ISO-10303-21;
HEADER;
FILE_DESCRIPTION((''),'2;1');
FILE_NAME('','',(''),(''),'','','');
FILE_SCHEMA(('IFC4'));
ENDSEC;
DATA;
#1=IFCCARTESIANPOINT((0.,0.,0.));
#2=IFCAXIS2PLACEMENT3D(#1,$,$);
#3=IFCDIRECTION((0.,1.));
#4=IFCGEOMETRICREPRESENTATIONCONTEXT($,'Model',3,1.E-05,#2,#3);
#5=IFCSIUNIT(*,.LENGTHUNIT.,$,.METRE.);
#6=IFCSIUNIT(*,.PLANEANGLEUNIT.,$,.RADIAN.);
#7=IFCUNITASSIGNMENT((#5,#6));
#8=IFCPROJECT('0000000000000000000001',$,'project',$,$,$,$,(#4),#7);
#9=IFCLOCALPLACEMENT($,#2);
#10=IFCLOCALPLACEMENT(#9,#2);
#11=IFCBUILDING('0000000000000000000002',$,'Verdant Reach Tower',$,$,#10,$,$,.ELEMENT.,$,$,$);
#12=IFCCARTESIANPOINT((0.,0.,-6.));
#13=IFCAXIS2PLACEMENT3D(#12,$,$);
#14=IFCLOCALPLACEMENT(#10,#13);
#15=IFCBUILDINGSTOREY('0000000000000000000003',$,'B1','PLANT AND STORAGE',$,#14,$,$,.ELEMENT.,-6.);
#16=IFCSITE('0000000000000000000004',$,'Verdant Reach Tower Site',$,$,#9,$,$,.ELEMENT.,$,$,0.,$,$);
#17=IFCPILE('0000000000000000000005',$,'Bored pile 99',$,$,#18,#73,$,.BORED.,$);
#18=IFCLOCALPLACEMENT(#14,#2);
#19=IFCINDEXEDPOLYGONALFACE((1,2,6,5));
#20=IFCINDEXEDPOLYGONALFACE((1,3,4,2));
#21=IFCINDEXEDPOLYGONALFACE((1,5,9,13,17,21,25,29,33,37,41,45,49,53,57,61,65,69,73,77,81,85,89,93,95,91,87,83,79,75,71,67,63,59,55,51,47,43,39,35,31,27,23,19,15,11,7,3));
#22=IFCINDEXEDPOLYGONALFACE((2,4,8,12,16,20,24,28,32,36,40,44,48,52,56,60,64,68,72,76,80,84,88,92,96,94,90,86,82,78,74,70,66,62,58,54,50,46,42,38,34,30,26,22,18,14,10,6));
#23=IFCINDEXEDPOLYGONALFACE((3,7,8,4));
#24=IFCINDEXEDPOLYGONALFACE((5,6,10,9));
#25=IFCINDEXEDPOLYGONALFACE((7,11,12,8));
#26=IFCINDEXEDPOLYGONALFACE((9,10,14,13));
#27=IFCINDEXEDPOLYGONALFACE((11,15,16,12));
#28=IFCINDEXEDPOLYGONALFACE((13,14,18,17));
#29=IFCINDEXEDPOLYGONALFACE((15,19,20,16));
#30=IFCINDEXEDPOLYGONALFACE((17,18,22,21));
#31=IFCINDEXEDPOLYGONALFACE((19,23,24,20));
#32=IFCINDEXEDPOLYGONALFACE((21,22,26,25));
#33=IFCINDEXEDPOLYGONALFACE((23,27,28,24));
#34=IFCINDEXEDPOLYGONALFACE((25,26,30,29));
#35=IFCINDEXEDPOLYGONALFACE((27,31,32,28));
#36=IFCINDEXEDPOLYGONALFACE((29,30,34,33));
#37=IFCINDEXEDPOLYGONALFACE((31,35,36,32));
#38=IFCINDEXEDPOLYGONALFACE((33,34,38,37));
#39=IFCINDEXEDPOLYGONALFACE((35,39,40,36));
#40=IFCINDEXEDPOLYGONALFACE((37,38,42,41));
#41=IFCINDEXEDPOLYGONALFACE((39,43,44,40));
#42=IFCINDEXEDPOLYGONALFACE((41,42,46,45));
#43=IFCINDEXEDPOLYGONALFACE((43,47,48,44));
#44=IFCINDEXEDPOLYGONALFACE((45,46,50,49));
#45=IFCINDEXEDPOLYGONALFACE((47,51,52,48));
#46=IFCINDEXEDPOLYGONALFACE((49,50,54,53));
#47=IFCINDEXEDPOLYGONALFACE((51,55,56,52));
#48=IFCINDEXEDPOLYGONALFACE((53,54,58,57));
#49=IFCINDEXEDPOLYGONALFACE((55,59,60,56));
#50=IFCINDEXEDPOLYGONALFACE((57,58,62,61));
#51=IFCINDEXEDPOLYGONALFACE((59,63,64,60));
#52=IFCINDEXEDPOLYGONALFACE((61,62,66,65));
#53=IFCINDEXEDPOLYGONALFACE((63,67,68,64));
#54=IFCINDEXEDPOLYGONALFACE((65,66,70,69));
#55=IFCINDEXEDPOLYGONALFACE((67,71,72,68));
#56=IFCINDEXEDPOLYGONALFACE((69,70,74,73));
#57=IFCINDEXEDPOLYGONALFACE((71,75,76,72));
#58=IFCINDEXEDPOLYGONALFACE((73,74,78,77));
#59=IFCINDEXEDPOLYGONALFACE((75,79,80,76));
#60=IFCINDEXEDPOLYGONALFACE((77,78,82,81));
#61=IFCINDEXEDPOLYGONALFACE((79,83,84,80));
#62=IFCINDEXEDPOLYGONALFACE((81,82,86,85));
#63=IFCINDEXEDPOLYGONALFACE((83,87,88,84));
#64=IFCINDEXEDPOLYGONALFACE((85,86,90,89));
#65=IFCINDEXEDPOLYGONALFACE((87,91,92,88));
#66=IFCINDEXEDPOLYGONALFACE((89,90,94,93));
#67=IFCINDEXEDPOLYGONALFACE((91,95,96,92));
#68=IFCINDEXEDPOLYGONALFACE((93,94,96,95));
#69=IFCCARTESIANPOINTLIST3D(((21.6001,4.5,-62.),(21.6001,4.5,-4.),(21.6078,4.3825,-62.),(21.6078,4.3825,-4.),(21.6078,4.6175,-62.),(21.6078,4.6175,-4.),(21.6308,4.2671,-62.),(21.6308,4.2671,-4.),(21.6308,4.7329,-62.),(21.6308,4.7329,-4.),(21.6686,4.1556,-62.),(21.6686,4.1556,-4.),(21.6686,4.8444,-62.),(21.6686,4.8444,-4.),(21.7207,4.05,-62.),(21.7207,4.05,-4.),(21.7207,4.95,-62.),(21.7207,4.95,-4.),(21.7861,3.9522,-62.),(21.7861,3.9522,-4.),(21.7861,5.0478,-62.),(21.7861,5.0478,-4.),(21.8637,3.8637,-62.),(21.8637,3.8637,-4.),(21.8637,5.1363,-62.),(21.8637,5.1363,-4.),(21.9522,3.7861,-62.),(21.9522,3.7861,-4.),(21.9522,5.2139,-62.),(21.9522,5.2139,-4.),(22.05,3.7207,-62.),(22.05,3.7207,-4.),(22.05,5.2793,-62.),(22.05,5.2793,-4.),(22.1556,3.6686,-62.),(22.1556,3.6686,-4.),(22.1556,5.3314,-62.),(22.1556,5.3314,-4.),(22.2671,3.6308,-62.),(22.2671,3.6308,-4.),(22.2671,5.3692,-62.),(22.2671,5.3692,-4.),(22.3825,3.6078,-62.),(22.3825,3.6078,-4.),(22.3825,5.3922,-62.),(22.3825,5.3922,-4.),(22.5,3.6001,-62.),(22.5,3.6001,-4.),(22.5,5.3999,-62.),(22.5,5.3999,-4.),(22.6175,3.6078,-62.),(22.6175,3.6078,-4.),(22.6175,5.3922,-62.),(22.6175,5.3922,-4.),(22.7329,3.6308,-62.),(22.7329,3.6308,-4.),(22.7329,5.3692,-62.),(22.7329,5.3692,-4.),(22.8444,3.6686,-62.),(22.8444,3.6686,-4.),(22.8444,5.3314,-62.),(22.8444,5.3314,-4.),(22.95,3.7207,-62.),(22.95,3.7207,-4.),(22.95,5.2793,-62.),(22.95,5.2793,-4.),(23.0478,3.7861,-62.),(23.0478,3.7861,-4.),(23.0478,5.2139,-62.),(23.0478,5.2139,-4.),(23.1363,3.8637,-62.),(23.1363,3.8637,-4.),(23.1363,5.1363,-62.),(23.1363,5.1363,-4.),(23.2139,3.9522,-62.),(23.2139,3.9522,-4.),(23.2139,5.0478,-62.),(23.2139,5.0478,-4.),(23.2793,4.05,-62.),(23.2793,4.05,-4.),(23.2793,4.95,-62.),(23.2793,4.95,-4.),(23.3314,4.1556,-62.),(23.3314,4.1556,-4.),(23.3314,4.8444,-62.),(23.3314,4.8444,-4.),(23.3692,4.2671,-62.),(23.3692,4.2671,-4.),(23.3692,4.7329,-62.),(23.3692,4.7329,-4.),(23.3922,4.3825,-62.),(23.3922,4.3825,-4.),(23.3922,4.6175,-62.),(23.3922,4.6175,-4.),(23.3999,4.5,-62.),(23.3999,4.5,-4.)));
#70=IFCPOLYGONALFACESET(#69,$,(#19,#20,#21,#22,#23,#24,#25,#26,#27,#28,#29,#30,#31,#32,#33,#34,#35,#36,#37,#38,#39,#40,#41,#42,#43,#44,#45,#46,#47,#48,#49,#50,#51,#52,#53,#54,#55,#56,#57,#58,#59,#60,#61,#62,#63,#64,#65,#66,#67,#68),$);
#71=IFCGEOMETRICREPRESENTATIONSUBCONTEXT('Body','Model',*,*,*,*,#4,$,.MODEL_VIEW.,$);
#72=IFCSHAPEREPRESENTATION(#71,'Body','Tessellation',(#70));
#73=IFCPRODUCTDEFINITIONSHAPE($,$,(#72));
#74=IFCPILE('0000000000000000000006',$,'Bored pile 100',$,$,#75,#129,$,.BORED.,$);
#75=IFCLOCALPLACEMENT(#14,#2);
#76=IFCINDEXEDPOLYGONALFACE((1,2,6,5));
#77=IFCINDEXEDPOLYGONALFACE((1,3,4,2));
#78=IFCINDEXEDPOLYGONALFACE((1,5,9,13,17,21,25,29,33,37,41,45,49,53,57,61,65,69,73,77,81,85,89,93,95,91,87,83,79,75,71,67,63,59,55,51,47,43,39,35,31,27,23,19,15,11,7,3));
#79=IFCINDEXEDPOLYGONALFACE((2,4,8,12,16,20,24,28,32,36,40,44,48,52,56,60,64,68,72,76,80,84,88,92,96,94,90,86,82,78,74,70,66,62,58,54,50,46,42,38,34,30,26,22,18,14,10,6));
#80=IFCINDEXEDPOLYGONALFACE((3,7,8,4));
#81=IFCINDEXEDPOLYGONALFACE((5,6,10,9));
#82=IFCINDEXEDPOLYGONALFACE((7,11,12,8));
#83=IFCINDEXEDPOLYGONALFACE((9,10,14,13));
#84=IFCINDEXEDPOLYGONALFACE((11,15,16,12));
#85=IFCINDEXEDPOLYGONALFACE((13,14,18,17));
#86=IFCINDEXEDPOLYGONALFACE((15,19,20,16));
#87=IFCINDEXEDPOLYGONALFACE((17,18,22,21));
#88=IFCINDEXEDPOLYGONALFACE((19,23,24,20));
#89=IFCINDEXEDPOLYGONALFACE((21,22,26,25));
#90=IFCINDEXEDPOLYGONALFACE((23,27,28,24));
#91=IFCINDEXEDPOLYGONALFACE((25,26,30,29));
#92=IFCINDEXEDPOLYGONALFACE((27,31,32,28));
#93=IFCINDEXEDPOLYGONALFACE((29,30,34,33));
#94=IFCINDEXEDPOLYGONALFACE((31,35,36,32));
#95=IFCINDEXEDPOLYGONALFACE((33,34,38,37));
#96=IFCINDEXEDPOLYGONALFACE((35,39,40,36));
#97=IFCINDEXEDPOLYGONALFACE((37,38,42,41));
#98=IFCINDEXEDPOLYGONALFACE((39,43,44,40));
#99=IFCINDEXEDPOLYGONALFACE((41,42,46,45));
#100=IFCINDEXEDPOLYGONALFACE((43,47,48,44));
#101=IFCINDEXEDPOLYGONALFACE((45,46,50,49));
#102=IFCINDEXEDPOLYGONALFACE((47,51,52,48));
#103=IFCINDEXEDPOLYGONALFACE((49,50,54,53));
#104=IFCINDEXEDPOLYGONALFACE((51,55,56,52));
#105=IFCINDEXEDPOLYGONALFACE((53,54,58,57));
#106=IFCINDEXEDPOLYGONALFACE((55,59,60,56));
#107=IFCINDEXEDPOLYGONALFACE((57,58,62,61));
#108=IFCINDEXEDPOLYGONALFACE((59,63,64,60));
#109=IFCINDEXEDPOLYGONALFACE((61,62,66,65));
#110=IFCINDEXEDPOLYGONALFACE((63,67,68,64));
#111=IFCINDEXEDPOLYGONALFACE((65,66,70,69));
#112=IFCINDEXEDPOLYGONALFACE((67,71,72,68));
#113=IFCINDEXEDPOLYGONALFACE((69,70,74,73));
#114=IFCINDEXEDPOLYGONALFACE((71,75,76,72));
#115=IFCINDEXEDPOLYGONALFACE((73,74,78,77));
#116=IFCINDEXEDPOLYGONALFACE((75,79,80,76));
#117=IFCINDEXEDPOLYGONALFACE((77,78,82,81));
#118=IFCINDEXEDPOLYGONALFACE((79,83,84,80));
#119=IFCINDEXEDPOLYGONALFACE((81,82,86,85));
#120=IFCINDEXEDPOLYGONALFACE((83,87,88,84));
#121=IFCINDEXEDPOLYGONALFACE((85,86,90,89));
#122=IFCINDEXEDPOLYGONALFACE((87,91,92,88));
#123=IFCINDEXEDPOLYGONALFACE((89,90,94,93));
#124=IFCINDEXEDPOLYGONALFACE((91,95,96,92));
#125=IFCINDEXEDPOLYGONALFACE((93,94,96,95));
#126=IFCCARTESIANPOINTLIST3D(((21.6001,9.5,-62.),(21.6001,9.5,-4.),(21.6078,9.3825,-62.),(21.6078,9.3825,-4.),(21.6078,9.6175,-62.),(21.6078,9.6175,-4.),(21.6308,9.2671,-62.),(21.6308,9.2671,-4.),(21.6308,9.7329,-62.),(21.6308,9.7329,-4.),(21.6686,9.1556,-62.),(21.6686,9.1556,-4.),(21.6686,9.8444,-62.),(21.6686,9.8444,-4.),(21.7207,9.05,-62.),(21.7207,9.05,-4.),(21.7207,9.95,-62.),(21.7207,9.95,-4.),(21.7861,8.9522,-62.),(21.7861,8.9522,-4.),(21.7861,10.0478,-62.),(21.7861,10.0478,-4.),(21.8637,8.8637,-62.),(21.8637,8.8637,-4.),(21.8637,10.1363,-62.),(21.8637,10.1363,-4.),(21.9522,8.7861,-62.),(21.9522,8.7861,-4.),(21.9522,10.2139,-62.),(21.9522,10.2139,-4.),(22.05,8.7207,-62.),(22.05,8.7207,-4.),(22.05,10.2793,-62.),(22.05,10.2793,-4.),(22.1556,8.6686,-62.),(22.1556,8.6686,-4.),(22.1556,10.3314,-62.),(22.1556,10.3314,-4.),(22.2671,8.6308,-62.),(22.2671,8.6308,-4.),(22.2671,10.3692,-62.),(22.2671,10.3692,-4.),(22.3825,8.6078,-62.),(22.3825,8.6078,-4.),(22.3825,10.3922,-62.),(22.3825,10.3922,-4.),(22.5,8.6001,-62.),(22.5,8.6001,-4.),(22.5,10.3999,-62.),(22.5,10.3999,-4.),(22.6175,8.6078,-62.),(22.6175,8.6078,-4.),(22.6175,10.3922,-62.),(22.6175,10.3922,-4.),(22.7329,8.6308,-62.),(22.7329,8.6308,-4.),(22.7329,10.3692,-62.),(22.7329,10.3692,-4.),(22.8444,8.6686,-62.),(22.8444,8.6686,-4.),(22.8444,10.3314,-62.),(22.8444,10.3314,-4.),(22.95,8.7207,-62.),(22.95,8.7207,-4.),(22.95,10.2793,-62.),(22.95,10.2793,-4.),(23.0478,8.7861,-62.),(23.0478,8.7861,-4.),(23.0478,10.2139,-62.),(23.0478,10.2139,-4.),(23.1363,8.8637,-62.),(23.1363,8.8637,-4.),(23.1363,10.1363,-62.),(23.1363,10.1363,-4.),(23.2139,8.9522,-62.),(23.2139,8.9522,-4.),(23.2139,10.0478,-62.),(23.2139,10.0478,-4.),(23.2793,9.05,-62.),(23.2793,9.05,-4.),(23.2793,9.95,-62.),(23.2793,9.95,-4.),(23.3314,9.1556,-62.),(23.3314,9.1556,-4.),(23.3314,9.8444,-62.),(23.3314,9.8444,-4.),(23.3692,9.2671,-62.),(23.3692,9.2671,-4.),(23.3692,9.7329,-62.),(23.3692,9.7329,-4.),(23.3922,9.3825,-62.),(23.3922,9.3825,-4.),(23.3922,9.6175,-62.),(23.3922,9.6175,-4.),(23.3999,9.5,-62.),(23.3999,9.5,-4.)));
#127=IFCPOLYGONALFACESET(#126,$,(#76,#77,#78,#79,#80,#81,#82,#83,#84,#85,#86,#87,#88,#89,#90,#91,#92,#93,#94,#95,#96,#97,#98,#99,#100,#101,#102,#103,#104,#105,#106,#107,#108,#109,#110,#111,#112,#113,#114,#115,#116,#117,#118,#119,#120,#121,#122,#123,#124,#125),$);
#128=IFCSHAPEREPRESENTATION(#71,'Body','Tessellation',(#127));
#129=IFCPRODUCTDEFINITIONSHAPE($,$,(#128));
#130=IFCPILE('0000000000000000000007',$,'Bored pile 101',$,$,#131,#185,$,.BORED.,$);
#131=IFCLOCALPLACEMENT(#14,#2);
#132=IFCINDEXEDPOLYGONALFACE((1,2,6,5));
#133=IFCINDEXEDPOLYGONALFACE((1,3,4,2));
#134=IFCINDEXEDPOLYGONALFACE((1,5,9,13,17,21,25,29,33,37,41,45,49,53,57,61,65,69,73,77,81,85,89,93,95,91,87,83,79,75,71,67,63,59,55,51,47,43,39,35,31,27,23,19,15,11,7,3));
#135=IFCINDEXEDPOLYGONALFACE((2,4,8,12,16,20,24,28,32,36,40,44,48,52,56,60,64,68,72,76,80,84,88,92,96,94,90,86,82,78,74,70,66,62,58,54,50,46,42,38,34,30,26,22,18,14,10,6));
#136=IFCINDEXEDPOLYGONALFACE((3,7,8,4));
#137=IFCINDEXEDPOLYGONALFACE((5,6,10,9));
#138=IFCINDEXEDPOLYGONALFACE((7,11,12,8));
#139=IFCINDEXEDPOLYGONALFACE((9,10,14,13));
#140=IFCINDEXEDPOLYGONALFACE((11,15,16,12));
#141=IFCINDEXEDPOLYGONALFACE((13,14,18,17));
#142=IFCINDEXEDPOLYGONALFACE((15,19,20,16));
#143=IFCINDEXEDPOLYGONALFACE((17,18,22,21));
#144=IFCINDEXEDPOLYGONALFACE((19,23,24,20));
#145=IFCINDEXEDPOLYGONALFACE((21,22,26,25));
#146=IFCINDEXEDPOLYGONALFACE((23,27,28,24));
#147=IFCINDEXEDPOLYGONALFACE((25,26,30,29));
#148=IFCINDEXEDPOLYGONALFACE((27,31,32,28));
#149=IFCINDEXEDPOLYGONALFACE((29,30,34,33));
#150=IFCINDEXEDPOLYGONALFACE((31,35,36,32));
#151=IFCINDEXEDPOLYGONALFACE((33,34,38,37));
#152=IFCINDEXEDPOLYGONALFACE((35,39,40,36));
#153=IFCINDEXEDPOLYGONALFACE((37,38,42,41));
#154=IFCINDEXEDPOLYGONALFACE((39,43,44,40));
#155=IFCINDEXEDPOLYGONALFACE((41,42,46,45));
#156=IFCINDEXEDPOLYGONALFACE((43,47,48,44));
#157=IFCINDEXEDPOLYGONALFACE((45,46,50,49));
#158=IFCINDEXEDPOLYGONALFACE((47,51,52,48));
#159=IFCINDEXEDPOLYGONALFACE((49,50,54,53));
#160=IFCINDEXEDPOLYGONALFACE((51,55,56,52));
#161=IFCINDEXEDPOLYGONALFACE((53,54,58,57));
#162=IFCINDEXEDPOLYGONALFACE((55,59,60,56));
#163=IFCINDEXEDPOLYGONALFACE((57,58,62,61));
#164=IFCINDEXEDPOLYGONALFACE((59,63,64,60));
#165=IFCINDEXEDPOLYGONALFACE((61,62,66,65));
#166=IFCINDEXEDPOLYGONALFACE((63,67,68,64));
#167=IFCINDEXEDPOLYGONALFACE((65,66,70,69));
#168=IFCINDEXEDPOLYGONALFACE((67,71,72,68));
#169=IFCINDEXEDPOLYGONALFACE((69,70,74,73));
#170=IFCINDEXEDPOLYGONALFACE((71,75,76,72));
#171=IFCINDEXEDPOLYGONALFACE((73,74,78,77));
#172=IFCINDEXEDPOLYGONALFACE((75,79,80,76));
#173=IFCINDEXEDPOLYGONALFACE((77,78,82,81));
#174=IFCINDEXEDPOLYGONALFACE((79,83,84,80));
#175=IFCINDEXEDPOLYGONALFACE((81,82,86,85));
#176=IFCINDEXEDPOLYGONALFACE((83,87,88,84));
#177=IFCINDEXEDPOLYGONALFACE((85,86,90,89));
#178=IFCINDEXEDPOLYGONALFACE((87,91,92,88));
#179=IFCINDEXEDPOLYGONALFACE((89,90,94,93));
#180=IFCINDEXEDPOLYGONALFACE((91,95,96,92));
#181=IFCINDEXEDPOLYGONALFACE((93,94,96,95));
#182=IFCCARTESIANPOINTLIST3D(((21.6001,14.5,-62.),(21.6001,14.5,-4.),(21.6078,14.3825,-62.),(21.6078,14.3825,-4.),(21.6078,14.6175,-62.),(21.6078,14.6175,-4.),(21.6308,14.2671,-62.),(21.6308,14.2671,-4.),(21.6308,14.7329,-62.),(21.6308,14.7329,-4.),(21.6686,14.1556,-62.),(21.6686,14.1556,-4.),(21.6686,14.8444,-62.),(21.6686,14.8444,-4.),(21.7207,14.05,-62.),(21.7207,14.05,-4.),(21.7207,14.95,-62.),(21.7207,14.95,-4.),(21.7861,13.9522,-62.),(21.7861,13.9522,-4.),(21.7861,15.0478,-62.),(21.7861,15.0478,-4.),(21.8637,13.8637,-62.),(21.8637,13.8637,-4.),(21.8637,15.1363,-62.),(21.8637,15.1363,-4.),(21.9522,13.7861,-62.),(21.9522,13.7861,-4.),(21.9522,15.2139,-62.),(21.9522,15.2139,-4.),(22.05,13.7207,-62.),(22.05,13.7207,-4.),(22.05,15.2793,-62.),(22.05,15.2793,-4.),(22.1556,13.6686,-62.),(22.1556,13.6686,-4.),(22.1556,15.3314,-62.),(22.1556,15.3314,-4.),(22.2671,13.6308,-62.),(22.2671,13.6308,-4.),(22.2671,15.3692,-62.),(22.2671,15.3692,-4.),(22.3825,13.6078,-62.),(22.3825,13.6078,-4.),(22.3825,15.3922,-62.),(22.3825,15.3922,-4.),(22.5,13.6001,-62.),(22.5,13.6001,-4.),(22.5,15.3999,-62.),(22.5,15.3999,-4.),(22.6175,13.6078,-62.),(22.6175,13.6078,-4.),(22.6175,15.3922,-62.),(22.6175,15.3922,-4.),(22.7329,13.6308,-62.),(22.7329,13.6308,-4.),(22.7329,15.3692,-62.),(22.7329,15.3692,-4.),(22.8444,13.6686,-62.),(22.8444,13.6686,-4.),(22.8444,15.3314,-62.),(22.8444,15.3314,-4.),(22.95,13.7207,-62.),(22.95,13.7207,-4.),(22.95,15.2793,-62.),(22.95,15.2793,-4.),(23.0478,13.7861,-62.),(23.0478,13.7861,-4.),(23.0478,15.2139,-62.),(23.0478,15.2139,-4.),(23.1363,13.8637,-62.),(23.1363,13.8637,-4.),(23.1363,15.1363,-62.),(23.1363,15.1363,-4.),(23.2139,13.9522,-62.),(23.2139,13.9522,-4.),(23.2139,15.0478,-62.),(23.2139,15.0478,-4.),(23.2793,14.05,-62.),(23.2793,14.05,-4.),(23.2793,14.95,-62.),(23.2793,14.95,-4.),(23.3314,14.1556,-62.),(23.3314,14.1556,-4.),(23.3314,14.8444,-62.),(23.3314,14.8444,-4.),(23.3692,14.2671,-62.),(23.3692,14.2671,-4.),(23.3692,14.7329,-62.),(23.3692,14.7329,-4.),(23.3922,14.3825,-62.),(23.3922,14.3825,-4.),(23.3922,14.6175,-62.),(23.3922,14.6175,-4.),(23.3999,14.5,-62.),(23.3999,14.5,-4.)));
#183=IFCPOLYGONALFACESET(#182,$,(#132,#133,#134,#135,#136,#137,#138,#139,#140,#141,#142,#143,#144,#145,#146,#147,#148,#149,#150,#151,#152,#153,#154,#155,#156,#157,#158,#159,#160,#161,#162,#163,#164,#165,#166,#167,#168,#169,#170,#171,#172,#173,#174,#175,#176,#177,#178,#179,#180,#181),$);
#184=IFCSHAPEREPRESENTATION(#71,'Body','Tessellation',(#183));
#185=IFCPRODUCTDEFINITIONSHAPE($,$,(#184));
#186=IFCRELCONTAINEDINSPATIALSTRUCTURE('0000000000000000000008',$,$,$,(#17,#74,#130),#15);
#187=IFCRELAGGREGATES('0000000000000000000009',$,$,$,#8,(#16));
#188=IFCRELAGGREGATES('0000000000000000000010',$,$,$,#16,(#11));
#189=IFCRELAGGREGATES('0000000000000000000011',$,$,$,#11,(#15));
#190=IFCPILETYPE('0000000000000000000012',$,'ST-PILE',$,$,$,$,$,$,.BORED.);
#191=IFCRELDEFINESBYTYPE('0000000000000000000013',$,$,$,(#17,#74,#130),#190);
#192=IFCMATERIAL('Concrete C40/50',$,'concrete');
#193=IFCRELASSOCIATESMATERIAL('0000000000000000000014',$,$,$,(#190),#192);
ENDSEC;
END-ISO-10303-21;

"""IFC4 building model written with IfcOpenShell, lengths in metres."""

from ifc_helpers import new_model, si_unit, direction, frame, origin, origin_2d, place, context, subcontext, project, spatial, circle, extrude, material, material_profile, profile_set, type_object, element, save


model = new_model("IFC4")

# Units and contexts
model_context = context("Model", 3, precision=1e-05, world=origin(), true_north=direction((0.0, 1.0)))
body_context = subcontext(model_context, "Body", "Model", "MODEL_VIEW")
ifc_project = project(units=[si_unit("LENGTHUNIT", "METRE"), si_unit("PLANEANGLEUNIT", "RADIAN")], contexts=[model_context])

# Site, building, storey
site_placement = place(None, origin())
site = spatial("IfcSite", under=ifc_project, at=site_placement, Name="Verdant Reach Tower Site", CompositionType="ELEMENT", RefElevation=0.0)
building_placement = place(site_placement, origin())
building = spatial("IfcBuilding", under=site, at=building_placement, Name="Verdant Reach Tower", CompositionType="ELEMENT")
storey_placement = place(building_placement, frame((0.0, 0.0, -6.0)))
storey = spatial("IfcBuildingStorey", under=building, at=storey_placement, Name="B1", Description="PLANT AND STORAGE", CompositionType="ELEMENT", Elevation=-6.0)

# Piles
ifc_material_1 = material(Name="Concrete C40/50", Category="concrete")
ifc_material_profile_1 = material_profile(ifc_material_1, circle(Radius=0.8999, at=origin_2d()), Name="BP 1800")
ifc_profile_set_1 = profile_set([ifc_material_profile_1], Name="Concrete C40/50")
pile_type = type_object("IfcPileType", Name="ST-PILE", PredefinedType="BORED", material=ifc_profile_set_1)
for number, where, z_axis, x_axis, name in (
    (1, (22.5, 4.5, -4.0), (0.0, 0.0, -1.0), (1.0, 0.0, 0.0), "Bored pile 99"),
    (2, (22.5, 9.5, -4.0), (0.0, 0.0, -1.0), (1.0, 0.0, 0.0), "Bored pile 100"),
    (3, (22.5, 14.5, -4.0), (0.0, 0.0, -1.0), (1.0, 0.0, 0.0), "Bored pile 101"),
):
    element("IfcPile", number, at=place(storey_placement, frame(where, z_axis=z_axis, x_axis=x_axis)), inside=storey, type_object=pile_type, Name=name, PredefinedType="BORED", context=body_context, shape_type="SweptSolid", body=[
        extrude(circle(Radius=0.8999, at=origin_2d()), origin(), (0.0, 0.0, 1.0), 58.0),
    ])

save(model, "model.ifc")
